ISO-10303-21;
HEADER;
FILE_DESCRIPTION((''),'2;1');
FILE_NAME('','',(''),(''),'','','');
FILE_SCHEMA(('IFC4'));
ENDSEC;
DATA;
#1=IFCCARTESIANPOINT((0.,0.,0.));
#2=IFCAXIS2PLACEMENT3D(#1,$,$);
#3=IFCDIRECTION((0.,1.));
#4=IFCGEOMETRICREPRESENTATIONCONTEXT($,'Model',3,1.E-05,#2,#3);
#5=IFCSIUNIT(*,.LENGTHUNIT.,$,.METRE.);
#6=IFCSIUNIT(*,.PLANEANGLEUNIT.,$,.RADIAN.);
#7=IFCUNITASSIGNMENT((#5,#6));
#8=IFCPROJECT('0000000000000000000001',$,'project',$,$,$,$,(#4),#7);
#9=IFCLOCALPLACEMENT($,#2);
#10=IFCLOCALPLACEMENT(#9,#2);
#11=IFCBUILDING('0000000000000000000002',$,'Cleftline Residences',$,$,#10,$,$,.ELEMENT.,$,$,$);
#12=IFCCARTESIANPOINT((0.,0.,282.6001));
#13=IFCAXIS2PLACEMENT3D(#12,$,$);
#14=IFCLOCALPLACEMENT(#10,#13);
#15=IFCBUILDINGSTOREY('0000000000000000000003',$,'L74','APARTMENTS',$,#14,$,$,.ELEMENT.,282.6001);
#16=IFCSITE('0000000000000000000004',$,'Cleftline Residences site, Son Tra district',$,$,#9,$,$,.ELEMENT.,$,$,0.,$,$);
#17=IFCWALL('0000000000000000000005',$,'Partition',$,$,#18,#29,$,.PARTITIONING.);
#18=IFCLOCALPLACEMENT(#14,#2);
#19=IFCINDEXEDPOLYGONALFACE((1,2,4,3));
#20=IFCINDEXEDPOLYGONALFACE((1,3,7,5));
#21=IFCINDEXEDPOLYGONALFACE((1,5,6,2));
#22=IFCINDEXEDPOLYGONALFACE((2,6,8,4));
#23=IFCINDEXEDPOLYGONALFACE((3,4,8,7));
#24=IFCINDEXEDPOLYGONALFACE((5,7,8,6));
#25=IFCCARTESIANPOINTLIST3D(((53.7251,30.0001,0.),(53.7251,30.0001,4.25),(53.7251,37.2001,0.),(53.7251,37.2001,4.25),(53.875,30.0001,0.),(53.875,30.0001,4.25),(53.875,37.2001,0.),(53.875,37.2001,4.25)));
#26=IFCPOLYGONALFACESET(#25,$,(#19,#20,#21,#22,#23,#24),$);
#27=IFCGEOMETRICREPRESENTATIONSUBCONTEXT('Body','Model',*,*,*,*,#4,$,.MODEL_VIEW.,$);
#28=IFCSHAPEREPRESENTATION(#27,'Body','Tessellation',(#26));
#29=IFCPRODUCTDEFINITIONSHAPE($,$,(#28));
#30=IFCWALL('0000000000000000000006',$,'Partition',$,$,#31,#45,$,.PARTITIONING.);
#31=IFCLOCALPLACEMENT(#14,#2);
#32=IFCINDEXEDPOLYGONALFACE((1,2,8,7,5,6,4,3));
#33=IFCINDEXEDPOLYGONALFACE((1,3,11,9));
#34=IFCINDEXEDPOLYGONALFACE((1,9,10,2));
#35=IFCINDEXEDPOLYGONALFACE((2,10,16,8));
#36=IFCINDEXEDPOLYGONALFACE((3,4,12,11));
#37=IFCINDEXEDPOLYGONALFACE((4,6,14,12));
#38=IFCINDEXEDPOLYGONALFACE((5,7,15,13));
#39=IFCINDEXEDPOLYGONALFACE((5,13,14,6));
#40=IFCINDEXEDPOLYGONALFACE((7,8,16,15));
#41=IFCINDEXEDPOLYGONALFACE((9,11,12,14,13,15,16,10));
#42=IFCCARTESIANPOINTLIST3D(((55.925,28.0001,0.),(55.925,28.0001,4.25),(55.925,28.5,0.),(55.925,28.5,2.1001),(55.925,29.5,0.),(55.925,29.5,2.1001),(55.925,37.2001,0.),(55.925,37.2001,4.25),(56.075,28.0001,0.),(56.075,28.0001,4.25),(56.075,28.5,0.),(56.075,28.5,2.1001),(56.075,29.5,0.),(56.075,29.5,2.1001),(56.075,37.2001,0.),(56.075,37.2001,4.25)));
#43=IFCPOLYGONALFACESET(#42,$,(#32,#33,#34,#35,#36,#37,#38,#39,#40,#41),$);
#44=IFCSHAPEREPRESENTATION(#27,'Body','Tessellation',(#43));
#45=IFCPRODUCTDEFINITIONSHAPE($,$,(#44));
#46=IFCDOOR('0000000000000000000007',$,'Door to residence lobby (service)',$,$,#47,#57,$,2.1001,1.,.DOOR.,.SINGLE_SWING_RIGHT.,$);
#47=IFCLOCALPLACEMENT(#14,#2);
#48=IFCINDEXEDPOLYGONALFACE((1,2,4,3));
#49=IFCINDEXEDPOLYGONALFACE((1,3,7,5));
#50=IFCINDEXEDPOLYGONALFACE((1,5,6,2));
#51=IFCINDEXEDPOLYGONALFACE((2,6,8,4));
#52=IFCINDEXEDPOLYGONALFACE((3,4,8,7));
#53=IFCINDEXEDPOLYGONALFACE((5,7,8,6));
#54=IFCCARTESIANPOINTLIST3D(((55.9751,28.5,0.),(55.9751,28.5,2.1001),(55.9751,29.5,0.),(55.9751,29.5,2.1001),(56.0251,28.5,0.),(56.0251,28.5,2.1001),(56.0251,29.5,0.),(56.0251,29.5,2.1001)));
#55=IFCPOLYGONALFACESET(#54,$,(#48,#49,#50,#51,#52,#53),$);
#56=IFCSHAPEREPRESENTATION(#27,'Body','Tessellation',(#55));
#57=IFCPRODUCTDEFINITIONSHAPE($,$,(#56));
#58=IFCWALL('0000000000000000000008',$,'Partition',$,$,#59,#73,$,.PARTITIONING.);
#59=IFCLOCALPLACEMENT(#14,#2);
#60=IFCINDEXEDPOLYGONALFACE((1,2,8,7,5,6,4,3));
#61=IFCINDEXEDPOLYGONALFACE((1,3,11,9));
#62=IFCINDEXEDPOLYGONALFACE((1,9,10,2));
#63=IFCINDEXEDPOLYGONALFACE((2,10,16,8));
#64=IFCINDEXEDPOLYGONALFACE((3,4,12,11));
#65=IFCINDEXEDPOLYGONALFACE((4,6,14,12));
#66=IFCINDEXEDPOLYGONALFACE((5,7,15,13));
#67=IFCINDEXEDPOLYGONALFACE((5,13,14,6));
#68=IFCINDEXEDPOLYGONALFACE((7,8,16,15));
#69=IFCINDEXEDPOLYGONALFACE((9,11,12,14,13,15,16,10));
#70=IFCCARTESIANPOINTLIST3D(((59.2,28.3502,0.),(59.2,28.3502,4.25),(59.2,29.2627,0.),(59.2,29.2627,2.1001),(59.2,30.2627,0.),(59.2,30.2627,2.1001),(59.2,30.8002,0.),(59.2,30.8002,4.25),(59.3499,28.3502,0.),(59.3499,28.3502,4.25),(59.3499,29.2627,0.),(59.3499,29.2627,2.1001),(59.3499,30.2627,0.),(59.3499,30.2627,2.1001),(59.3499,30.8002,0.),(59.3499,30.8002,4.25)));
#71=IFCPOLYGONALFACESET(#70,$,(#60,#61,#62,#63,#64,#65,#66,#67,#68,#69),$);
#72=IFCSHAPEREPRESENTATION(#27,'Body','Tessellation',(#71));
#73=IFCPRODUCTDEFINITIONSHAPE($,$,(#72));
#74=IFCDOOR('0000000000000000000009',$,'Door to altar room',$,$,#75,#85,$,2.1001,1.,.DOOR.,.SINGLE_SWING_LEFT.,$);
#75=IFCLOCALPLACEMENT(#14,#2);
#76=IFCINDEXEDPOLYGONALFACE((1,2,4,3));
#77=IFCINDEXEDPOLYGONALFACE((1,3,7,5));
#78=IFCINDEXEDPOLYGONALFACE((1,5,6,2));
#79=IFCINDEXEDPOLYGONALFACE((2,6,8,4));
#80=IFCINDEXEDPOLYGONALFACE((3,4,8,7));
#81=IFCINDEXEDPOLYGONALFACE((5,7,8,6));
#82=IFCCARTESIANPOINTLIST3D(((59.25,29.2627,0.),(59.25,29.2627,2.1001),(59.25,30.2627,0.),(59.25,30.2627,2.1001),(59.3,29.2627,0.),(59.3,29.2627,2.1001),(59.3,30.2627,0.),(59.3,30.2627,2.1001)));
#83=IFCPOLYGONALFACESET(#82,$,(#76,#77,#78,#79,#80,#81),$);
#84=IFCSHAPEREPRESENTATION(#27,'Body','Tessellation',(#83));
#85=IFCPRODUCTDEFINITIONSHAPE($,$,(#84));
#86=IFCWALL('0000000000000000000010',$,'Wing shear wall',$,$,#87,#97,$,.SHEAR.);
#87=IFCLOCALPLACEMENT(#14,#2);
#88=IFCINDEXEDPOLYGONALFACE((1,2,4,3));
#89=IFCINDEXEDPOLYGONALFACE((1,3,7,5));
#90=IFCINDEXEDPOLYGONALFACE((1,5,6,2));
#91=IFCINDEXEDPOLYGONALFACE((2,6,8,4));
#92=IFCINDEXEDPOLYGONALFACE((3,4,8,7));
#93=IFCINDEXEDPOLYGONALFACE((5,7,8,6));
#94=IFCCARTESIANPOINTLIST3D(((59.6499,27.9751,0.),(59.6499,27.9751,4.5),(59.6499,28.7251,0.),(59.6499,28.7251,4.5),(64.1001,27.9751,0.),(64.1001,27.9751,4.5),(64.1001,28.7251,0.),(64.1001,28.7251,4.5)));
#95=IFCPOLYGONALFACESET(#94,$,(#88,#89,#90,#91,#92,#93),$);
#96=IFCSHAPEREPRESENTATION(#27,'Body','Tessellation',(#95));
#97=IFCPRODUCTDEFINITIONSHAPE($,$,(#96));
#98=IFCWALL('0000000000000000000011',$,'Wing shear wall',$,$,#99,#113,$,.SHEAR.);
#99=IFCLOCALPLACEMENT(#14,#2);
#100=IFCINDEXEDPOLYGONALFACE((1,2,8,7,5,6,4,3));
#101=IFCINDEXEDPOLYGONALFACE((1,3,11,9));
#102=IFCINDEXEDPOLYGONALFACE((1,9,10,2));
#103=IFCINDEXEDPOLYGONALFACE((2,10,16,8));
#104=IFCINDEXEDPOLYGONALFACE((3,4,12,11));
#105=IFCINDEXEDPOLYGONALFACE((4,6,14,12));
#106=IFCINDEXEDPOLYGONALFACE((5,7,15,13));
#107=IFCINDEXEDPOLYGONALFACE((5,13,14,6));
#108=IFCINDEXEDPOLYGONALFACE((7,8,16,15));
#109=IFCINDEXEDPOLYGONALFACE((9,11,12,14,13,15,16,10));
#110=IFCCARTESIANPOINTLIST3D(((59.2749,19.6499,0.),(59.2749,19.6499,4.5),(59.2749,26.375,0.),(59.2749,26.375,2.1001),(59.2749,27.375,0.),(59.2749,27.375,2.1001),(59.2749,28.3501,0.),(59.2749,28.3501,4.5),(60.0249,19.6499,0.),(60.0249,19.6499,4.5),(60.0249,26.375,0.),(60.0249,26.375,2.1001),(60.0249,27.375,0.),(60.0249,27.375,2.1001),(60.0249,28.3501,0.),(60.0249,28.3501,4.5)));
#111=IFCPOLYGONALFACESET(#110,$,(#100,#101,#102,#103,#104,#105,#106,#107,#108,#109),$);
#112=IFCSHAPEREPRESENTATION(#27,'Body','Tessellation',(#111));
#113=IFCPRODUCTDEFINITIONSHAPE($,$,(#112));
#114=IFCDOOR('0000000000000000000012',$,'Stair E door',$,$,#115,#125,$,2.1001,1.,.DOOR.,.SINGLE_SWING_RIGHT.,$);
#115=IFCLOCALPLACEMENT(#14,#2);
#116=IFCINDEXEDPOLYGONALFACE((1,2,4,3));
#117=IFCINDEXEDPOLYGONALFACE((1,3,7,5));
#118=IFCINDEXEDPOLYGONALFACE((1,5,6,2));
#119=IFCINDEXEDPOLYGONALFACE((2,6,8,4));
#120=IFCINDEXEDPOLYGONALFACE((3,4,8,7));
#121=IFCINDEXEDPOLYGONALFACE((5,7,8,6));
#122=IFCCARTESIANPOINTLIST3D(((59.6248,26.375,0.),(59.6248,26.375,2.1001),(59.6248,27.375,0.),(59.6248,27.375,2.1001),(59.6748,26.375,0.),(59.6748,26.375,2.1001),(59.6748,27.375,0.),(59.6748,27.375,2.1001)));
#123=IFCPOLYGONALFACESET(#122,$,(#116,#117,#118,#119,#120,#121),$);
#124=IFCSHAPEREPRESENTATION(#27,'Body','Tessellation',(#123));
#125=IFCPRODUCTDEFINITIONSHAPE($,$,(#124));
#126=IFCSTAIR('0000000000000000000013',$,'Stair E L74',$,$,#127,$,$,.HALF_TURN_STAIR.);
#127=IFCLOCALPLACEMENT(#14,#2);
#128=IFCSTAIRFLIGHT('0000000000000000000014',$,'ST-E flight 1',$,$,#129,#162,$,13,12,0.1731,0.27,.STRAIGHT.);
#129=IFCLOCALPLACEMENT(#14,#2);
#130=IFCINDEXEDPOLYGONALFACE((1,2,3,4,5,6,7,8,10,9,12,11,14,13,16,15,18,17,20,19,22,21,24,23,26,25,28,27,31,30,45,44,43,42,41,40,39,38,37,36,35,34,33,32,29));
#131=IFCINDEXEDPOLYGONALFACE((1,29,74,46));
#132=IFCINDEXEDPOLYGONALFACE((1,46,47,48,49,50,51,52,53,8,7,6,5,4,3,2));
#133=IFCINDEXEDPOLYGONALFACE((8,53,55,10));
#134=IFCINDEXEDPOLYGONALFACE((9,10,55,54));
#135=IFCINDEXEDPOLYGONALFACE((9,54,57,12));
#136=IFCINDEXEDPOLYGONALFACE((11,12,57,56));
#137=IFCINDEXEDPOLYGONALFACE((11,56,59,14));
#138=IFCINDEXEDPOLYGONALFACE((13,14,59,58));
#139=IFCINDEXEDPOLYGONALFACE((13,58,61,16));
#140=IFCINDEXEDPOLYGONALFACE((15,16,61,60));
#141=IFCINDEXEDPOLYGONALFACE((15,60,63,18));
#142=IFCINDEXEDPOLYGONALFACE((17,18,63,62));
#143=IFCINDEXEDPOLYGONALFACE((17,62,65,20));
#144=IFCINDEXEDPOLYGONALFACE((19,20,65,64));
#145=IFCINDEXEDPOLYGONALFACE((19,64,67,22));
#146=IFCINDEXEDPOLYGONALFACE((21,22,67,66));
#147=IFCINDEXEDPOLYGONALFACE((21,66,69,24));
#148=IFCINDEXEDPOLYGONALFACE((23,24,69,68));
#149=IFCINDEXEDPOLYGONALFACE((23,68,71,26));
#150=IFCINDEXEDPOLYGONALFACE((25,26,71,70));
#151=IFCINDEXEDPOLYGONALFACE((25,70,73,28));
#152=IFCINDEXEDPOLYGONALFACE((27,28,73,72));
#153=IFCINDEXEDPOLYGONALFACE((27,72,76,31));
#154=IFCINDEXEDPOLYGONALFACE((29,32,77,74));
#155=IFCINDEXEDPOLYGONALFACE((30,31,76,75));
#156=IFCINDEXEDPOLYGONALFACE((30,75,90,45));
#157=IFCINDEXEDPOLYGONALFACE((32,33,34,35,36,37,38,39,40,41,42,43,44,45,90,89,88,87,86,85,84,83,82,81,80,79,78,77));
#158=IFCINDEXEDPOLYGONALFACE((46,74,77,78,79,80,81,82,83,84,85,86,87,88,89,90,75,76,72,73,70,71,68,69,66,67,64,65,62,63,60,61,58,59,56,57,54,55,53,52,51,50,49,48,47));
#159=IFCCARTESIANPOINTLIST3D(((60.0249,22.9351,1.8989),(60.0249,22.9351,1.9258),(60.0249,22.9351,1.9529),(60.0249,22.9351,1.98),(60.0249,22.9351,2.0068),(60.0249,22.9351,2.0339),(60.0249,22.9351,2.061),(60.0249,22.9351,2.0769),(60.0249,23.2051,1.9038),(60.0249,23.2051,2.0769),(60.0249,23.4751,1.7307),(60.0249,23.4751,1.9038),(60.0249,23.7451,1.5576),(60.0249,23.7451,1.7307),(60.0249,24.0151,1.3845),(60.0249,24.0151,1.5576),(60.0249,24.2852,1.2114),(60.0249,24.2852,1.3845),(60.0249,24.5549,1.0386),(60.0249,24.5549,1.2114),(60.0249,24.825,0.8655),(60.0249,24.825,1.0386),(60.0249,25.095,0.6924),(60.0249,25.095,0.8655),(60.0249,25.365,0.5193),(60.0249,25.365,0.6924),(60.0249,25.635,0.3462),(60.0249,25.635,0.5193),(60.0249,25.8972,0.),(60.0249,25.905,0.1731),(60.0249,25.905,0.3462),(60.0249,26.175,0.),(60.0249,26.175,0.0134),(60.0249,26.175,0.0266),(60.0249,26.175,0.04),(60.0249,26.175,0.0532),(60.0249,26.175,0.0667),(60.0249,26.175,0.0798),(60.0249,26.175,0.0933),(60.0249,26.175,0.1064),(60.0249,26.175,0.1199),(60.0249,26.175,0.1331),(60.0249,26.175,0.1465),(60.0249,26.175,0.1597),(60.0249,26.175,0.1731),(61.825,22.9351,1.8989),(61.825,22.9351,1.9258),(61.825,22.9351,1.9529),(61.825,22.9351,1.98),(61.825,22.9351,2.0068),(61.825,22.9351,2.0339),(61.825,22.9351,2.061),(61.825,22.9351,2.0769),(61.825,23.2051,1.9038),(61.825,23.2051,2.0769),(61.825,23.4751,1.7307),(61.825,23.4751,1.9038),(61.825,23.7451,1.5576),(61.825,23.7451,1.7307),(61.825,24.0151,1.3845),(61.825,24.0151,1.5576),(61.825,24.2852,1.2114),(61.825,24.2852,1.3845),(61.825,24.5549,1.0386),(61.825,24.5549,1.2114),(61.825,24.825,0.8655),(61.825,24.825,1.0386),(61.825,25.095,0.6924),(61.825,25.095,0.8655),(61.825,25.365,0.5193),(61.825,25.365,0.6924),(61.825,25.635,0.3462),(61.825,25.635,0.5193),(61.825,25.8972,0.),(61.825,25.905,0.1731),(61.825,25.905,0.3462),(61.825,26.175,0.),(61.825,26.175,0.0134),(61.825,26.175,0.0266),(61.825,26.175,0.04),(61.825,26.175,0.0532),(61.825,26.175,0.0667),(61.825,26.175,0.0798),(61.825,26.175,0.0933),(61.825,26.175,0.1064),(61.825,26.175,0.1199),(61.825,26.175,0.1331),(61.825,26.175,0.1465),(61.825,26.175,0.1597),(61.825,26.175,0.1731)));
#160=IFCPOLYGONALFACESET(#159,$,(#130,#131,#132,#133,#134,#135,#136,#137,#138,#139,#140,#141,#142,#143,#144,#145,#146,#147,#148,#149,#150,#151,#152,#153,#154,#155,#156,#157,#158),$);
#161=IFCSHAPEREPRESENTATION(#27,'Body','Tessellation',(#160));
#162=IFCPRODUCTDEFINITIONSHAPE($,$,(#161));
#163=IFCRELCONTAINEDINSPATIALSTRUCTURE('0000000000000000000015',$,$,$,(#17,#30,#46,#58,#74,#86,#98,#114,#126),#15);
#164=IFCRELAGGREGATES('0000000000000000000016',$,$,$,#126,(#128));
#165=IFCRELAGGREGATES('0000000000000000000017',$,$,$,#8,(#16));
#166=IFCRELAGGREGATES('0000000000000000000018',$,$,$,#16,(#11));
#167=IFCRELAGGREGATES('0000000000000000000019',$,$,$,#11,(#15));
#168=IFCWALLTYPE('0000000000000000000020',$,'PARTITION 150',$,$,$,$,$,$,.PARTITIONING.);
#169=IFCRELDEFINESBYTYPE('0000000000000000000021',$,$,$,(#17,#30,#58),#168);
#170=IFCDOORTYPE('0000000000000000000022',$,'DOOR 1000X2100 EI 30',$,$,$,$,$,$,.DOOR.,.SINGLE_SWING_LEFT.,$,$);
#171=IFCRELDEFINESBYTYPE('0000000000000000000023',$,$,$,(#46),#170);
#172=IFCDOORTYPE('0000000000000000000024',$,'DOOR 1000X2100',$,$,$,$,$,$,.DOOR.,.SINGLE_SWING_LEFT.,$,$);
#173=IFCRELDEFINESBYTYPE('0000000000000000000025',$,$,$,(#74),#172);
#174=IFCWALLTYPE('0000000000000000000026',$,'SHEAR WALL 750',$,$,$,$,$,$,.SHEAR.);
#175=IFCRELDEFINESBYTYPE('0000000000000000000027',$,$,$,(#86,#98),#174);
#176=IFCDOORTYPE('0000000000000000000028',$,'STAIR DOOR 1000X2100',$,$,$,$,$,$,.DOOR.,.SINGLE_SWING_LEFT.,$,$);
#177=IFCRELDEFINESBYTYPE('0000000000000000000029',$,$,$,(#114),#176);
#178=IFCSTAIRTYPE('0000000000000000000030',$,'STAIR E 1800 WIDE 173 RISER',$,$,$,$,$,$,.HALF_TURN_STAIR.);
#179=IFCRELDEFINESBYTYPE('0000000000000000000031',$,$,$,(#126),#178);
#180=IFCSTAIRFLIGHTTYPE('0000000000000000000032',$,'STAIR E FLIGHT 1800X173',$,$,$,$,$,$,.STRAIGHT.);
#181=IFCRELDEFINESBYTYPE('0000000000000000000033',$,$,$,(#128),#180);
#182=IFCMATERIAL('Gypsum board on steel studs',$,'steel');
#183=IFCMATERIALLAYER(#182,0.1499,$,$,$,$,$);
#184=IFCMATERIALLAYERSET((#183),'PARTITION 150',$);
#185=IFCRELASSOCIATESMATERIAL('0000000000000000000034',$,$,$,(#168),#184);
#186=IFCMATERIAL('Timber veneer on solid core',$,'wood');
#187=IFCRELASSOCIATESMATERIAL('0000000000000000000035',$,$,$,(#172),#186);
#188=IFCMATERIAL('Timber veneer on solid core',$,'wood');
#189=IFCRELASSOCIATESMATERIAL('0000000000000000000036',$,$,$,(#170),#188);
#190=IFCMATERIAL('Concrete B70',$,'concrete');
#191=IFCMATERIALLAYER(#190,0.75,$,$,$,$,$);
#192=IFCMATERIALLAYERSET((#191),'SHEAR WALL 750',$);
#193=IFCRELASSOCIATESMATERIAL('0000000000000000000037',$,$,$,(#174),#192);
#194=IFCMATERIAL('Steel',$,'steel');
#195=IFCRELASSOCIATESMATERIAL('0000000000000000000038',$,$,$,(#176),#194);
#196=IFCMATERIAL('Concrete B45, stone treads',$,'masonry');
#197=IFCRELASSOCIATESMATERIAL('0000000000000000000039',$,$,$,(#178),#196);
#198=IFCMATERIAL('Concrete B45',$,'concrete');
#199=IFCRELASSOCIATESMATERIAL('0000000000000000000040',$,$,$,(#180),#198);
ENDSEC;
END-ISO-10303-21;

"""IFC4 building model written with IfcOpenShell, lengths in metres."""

from ifc_helpers import new_model, si_unit, direction, frame, frame_2d, origin, place, context, subcontext, project, spatial, polyline, rectangle, outline, extrude, material, layer, layer_set, type_object, element, fill, aggregate, save


model = new_model("IFC4")

# Units and contexts
model_context = context("Model", 3, precision=1e-05, world=origin(), true_north=direction((0.0, 1.0)))
body_context = subcontext(model_context, "Body", "Model", "MODEL_VIEW")
ifc_project = project(units=[si_unit("LENGTHUNIT", "METRE"), si_unit("PLANEANGLEUNIT", "RADIAN")], contexts=[model_context])

# Site, building, storey
site_placement = place(None, origin())
site = spatial("IfcSite", under=ifc_project, at=site_placement, Name="Cleftline Residences site, Son Tra district", CompositionType="ELEMENT", RefElevation=0.0)
building_placement = place(site_placement, origin())
building = spatial("IfcBuilding", under=site, at=building_placement, Name="Cleftline Residences", CompositionType="ELEMENT")
storey_placement = place(building_placement, frame((0.0, 0.0, 282.6001)))
storey = spatial("IfcBuildingStorey", under=building, at=storey_placement, Name="L74", Description="APARTMENTS", CompositionType="ELEMENT", Elevation=282.6001)

# Shared definitions
ifc_material_1 = material(Name="Gypsum board on steel studs", Category="steel")
ifc_layer_1 = layer(ifc_material_1, 0.1499)
ifc_layer_set_1 = layer_set([ifc_layer_1], Name="PARTITION 150")
wall_type_1 = type_object("IfcWallType", Name="PARTITION 150", PredefinedType="PARTITIONING", material=ifc_layer_set_1)
ifc_material_2 = material(Name="Timber veneer on solid core", Category="wood")
door_type_1 = type_object("IfcDoorType", Name="DOOR 1000X2100", OperationType="SINGLE_SWING_LEFT", PredefinedType="DOOR", material=ifc_material_2)

# Wall
for number, where, z_axis, x_axis, name in (
    (1, (53.8, 30.0, 0.0), (0.0, 0.0, 1.0), (0.0, 1.0, 0.0), "Partition"),
):
    element("IfcWall", number, at=place(storey_placement, frame(where, z_axis=z_axis, x_axis=x_axis)), inside=storey, type_object=wall_type_1, Name=name, PredefinedType="PARTITIONING", context=body_context, shape_type="SweptSolid", body=[
        extrude(rectangle(XDim=7.2, YDim=0.1499, at=frame_2d((3.6001, 0.0))), origin(), (0.0, 0.0, 1.0), 4.25),
    ])

# Walls, openings, doors
wall_1_placement = place(storey_placement, frame((56.0, 28.0, 0.0), z_axis=(0.0, 0.0, 1.0), x_axis=(0.0, 1.0, 0.0)))
wall_1 = element("IfcWall", 2, at=wall_1_placement, inside=storey, type_object=wall_type_1, Name="Partition", PredefinedType="PARTITIONING", context=body_context, shape_type="SweptSolid", body=[
    extrude(rectangle(XDim=9.2, YDim=0.1499, at=frame_2d((4.6001, 0.0))), origin(), (0.0, 0.0, 1.0), 4.25),
])
opening_1_placement = place(wall_1_placement, frame((0.5, 0.0, 0.0)))
opening_1 = element("IfcOpeningElement", 3, at=opening_1_placement, cuts=wall_1, PredefinedType="OPENING", context=body_context, shape_type="SweptSolid", body=[
    extrude(rectangle(XDim=1.0, YDim=2.1001, at=frame_2d((0.5, 1.05))), frame((0.0, 0.085, 0.0), z_axis=(0.0, -1.0, 0.0), x_axis=(1.0, 0.0, 0.0)), (0.0, 0.0, 1.0), 0.1699),
])
ifc_material_3 = material(Name="Timber veneer on solid core", Category="wood")
door_type_2 = type_object("IfcDoorType", Name="DOOR 1000X2100 EI 30", OperationType="SINGLE_SWING_LEFT", PredefinedType="DOOR", material=ifc_material_3)
door_1_placement = place(opening_1_placement, origin())
door_1 = element("IfcDoor", 4, at=door_1_placement, inside=storey, type_object=door_type_2, Name="Door to residence lobby (service)", OperationType="SINGLE_SWING_RIGHT", OverallHeight=2.1001, OverallWidth=1.0, PredefinedType="DOOR", context=body_context, shape_type="SweptSolid", body=[
    extrude(rectangle(XDim=1.0, YDim=2.1001, at=frame_2d((0.5, 1.05))), frame((0.0, 0.0249, 0.0), z_axis=(0.0, -1.0, 0.0), x_axis=(1.0, 0.0, 0.0)), (0.0, 0.0, 1.0), 0.05),
])
fill(opening_1, door_1)
wall_2_placement = place(storey_placement, frame((59.2749, 28.3501, 0.0), z_axis=(0.0, 0.0, 1.0), x_axis=(0.0, 1.0, 0.0)))
wall_2 = element("IfcWall", 5, at=wall_2_placement, inside=storey, type_object=wall_type_1, Name="Partition", PredefinedType="PARTITIONING", context=body_context, shape_type="SweptSolid", body=[
    extrude(rectangle(XDim=2.45, YDim=0.1499, at=frame_2d((1.2251, 0.0))), origin(), (0.0, 0.0, 1.0), 4.25),
])
opening_2_placement = place(wall_2_placement, frame((0.9126, 0.0, 0.0)))
opening_2 = element("IfcOpeningElement", 6, at=opening_2_placement, cuts=wall_2, PredefinedType="OPENING", context=body_context, shape_type="SweptSolid", body=[
    extrude(rectangle(XDim=1.0, YDim=2.1001, at=frame_2d((0.5, 1.05))), frame((0.0, 0.085, 0.0), z_axis=(0.0, -1.0, 0.0), x_axis=(1.0, 0.0, 0.0)), (0.0, 0.0, 1.0), 0.1699),
])
door_2_placement = place(opening_2_placement, origin())
door_2 = element("IfcDoor", 7, at=door_2_placement, inside=storey, type_object=door_type_1, Name="Door to altar room", OperationType="SINGLE_SWING_LEFT", OverallHeight=2.1001, OverallWidth=1.0, PredefinedType="DOOR", context=body_context, shape_type="SweptSolid", body=[
    extrude(rectangle(XDim=1.0, YDim=2.1001, at=frame_2d((0.5, 1.05))), frame((0.0, 0.0249, 0.0), z_axis=(0.0, -1.0, 0.0), x_axis=(1.0, 0.0, 0.0)), (0.0, 0.0, 1.0), 0.05),
])
fill(opening_2, door_2)

# Wall
ifc_material_4 = material(Name="Concrete B70", Category="concrete")
ifc_layer_2 = layer(ifc_material_4, 0.75)
ifc_layer_set_2 = layer_set([ifc_layer_2], Name="SHEAR WALL 750")
wall_type_2 = type_object("IfcWallType", Name="SHEAR WALL 750", PredefinedType="SHEAR", material=ifc_layer_set_2)
wall_3_placement = place(storey_placement, frame((64.1001, 28.3501, 0.0), z_axis=(0.0, 0.0, 1.0), x_axis=(-1.0, 0.0, 0.0)))
element("IfcWall", 8, at=wall_3_placement, inside=storey, type_object=wall_type_2, Name="Wing shear wall", PredefinedType="SHEAR", context=body_context, shape_type="SweptSolid", body=[
    extrude(rectangle(XDim=4.4502, YDim=0.75, at=frame_2d((2.2251, 0.0))), origin(), (0.0, 0.0, 1.0), 4.5),
])

# Wall, opening, door
wall_4_placement = place(storey_placement, frame((59.6499, 28.3501, 0.0), z_axis=(0.0, 0.0, 1.0), x_axis=(0.0, -1.0, 0.0)))
wall_4 = element("IfcWall", 9, at=wall_4_placement, inside=storey, type_object=wall_type_2, Name="Wing shear wall", PredefinedType="SHEAR", context=body_context, shape_type="SweptSolid", body=[
    extrude(rectangle(XDim=8.7002, YDim=0.75, at=frame_2d((4.3501, 0.0))), origin(), (0.0, 0.0, 1.0), 4.5),
])
opening_3_placement = place(wall_4_placement, frame((0.9751, 0.0, 0.0)))
opening_3 = element("IfcOpeningElement", 10, at=opening_3_placement, cuts=wall_4, PredefinedType="OPENING", context=body_context, shape_type="SweptSolid", body=[
    extrude(rectangle(XDim=1.0, YDim=2.1001, at=frame_2d((0.5, 1.05))), frame((0.0, 0.385, 0.0), z_axis=(0.0, -1.0, 0.0), x_axis=(1.0, 0.0, 0.0)), (0.0, 0.0, 1.0), 0.77),
])
ifc_material_5 = material(Name="Steel", Category="steel")
door_type_3 = type_object("IfcDoorType", Name="STAIR DOOR 1000X2100", OperationType="SINGLE_SWING_LEFT", PredefinedType="DOOR", material=ifc_material_5)
door_3_placement = place(opening_3_placement, origin())
door_3 = element("IfcDoor", 11, at=door_3_placement, inside=storey, type_object=door_type_3, Name="Stair E door", OperationType="SINGLE_SWING_RIGHT", OverallHeight=2.1001, OverallWidth=1.0, PredefinedType="DOOR", context=body_context, shape_type="SweptSolid", body=[
    extrude(rectangle(XDim=1.0, YDim=2.1001, at=frame_2d((0.5, 1.05))), frame((0.0, 0.0249, 0.0), z_axis=(0.0, -1.0, 0.0), x_axis=(1.0, 0.0, 0.0)), (0.0, 0.0, 1.0), 0.05),
])
fill(opening_3, door_3)

# Stair, stair flight
ifc_material_6 = material(Name="Concrete B45, stone treads", Category="masonry")
stair_type = type_object("IfcStairType", Name="STAIR E 1800 WIDE 173 RISER", PredefinedType="HALF_TURN_STAIR", material=ifc_material_6)
stair_placement = place(storey_placement, origin())
stair = element("IfcStair", 12, at=stair_placement, inside=storey, type_object=stair_type, Name="Stair E L74", PredefinedType="HALF_TURN_STAIR")
ifc_material_7 = material(Name="Concrete B45", Category="concrete")
stair_flight_type = type_object("IfcStairFlightType", Name="STAIR E FLIGHT 1800X173", PredefinedType="STRAIGHT", material=ifc_material_7)
stair_flight_placement = place(storey_placement, frame((60.925, 26.175, 0.0), z_axis=(0.0, 0.0, 1.0), x_axis=(0.0, -1.0, 0.0)))
stair_flight = element("IfcStairFlight", 13, at=stair_flight_placement, type_object=stair_flight_type, Name="ST-E flight 1", NumberOfRisers=13, NumberOfTreads=12, PredefinedType="STRAIGHT", RiserHeight=0.1731, TreadLength=0.27, context=body_context, shape_type="SweptSolid", body=[
    extrude(outline(polyline([(0.0, 0.0), (0.0, 0.0134), (0.0, 0.0266), (0.0, 0.04), (0.0, 0.0532), (0.0, 0.0667), (0.0, 0.0798), (0.0, 0.0933), (0.0, 0.1064), (0.0, 0.1199), (0.0, 0.1331), (0.0, 0.1465), (0.0, 0.1597), (0.0, 0.1731), (0.27, 0.1731), (0.27, 0.3462), (0.54, 0.3462), (0.54, 0.5193), (0.8101, 0.5193), (0.8101, 0.6924), (1.0801, 0.6924), (1.0801, 0.8655), (1.3501, 0.8655), (1.3501, 1.0386), (1.6201, 1.0386), (1.6201, 1.2114), (1.8899, 1.2114), (1.8899, 1.3845), (2.1599, 1.3845), (2.1599, 1.5576), (2.4299, 1.5576), (2.4299, 1.7307), (2.7, 1.7307), (2.7, 1.9038), (2.97, 1.9038), (2.97, 2.0769), (3.24, 2.0769), (3.24, 2.25), (3.24, 2.2229), (3.24, 2.196), (3.24, 2.1689), (3.24, 2.1418), (3.24, 2.115), (3.24, 2.0879), (3.24, 2.061), (3.24, 2.0339), (3.24, 2.0068), (3.24, 1.98), (3.24, 1.9529), (3.24, 1.9258), (3.24, 1.8989), (0.2778, 0.0), (0.0, 0.0)])), frame((0.0, 0.8999, 0.0), z_axis=(0.0, -1.0, 0.0), x_axis=(1.0, 0.0, 0.0)), (0.0, 0.0, 1.0), 1.8),
])
aggregate(stair, [stair_flight])

save(model, "model.ifc")
